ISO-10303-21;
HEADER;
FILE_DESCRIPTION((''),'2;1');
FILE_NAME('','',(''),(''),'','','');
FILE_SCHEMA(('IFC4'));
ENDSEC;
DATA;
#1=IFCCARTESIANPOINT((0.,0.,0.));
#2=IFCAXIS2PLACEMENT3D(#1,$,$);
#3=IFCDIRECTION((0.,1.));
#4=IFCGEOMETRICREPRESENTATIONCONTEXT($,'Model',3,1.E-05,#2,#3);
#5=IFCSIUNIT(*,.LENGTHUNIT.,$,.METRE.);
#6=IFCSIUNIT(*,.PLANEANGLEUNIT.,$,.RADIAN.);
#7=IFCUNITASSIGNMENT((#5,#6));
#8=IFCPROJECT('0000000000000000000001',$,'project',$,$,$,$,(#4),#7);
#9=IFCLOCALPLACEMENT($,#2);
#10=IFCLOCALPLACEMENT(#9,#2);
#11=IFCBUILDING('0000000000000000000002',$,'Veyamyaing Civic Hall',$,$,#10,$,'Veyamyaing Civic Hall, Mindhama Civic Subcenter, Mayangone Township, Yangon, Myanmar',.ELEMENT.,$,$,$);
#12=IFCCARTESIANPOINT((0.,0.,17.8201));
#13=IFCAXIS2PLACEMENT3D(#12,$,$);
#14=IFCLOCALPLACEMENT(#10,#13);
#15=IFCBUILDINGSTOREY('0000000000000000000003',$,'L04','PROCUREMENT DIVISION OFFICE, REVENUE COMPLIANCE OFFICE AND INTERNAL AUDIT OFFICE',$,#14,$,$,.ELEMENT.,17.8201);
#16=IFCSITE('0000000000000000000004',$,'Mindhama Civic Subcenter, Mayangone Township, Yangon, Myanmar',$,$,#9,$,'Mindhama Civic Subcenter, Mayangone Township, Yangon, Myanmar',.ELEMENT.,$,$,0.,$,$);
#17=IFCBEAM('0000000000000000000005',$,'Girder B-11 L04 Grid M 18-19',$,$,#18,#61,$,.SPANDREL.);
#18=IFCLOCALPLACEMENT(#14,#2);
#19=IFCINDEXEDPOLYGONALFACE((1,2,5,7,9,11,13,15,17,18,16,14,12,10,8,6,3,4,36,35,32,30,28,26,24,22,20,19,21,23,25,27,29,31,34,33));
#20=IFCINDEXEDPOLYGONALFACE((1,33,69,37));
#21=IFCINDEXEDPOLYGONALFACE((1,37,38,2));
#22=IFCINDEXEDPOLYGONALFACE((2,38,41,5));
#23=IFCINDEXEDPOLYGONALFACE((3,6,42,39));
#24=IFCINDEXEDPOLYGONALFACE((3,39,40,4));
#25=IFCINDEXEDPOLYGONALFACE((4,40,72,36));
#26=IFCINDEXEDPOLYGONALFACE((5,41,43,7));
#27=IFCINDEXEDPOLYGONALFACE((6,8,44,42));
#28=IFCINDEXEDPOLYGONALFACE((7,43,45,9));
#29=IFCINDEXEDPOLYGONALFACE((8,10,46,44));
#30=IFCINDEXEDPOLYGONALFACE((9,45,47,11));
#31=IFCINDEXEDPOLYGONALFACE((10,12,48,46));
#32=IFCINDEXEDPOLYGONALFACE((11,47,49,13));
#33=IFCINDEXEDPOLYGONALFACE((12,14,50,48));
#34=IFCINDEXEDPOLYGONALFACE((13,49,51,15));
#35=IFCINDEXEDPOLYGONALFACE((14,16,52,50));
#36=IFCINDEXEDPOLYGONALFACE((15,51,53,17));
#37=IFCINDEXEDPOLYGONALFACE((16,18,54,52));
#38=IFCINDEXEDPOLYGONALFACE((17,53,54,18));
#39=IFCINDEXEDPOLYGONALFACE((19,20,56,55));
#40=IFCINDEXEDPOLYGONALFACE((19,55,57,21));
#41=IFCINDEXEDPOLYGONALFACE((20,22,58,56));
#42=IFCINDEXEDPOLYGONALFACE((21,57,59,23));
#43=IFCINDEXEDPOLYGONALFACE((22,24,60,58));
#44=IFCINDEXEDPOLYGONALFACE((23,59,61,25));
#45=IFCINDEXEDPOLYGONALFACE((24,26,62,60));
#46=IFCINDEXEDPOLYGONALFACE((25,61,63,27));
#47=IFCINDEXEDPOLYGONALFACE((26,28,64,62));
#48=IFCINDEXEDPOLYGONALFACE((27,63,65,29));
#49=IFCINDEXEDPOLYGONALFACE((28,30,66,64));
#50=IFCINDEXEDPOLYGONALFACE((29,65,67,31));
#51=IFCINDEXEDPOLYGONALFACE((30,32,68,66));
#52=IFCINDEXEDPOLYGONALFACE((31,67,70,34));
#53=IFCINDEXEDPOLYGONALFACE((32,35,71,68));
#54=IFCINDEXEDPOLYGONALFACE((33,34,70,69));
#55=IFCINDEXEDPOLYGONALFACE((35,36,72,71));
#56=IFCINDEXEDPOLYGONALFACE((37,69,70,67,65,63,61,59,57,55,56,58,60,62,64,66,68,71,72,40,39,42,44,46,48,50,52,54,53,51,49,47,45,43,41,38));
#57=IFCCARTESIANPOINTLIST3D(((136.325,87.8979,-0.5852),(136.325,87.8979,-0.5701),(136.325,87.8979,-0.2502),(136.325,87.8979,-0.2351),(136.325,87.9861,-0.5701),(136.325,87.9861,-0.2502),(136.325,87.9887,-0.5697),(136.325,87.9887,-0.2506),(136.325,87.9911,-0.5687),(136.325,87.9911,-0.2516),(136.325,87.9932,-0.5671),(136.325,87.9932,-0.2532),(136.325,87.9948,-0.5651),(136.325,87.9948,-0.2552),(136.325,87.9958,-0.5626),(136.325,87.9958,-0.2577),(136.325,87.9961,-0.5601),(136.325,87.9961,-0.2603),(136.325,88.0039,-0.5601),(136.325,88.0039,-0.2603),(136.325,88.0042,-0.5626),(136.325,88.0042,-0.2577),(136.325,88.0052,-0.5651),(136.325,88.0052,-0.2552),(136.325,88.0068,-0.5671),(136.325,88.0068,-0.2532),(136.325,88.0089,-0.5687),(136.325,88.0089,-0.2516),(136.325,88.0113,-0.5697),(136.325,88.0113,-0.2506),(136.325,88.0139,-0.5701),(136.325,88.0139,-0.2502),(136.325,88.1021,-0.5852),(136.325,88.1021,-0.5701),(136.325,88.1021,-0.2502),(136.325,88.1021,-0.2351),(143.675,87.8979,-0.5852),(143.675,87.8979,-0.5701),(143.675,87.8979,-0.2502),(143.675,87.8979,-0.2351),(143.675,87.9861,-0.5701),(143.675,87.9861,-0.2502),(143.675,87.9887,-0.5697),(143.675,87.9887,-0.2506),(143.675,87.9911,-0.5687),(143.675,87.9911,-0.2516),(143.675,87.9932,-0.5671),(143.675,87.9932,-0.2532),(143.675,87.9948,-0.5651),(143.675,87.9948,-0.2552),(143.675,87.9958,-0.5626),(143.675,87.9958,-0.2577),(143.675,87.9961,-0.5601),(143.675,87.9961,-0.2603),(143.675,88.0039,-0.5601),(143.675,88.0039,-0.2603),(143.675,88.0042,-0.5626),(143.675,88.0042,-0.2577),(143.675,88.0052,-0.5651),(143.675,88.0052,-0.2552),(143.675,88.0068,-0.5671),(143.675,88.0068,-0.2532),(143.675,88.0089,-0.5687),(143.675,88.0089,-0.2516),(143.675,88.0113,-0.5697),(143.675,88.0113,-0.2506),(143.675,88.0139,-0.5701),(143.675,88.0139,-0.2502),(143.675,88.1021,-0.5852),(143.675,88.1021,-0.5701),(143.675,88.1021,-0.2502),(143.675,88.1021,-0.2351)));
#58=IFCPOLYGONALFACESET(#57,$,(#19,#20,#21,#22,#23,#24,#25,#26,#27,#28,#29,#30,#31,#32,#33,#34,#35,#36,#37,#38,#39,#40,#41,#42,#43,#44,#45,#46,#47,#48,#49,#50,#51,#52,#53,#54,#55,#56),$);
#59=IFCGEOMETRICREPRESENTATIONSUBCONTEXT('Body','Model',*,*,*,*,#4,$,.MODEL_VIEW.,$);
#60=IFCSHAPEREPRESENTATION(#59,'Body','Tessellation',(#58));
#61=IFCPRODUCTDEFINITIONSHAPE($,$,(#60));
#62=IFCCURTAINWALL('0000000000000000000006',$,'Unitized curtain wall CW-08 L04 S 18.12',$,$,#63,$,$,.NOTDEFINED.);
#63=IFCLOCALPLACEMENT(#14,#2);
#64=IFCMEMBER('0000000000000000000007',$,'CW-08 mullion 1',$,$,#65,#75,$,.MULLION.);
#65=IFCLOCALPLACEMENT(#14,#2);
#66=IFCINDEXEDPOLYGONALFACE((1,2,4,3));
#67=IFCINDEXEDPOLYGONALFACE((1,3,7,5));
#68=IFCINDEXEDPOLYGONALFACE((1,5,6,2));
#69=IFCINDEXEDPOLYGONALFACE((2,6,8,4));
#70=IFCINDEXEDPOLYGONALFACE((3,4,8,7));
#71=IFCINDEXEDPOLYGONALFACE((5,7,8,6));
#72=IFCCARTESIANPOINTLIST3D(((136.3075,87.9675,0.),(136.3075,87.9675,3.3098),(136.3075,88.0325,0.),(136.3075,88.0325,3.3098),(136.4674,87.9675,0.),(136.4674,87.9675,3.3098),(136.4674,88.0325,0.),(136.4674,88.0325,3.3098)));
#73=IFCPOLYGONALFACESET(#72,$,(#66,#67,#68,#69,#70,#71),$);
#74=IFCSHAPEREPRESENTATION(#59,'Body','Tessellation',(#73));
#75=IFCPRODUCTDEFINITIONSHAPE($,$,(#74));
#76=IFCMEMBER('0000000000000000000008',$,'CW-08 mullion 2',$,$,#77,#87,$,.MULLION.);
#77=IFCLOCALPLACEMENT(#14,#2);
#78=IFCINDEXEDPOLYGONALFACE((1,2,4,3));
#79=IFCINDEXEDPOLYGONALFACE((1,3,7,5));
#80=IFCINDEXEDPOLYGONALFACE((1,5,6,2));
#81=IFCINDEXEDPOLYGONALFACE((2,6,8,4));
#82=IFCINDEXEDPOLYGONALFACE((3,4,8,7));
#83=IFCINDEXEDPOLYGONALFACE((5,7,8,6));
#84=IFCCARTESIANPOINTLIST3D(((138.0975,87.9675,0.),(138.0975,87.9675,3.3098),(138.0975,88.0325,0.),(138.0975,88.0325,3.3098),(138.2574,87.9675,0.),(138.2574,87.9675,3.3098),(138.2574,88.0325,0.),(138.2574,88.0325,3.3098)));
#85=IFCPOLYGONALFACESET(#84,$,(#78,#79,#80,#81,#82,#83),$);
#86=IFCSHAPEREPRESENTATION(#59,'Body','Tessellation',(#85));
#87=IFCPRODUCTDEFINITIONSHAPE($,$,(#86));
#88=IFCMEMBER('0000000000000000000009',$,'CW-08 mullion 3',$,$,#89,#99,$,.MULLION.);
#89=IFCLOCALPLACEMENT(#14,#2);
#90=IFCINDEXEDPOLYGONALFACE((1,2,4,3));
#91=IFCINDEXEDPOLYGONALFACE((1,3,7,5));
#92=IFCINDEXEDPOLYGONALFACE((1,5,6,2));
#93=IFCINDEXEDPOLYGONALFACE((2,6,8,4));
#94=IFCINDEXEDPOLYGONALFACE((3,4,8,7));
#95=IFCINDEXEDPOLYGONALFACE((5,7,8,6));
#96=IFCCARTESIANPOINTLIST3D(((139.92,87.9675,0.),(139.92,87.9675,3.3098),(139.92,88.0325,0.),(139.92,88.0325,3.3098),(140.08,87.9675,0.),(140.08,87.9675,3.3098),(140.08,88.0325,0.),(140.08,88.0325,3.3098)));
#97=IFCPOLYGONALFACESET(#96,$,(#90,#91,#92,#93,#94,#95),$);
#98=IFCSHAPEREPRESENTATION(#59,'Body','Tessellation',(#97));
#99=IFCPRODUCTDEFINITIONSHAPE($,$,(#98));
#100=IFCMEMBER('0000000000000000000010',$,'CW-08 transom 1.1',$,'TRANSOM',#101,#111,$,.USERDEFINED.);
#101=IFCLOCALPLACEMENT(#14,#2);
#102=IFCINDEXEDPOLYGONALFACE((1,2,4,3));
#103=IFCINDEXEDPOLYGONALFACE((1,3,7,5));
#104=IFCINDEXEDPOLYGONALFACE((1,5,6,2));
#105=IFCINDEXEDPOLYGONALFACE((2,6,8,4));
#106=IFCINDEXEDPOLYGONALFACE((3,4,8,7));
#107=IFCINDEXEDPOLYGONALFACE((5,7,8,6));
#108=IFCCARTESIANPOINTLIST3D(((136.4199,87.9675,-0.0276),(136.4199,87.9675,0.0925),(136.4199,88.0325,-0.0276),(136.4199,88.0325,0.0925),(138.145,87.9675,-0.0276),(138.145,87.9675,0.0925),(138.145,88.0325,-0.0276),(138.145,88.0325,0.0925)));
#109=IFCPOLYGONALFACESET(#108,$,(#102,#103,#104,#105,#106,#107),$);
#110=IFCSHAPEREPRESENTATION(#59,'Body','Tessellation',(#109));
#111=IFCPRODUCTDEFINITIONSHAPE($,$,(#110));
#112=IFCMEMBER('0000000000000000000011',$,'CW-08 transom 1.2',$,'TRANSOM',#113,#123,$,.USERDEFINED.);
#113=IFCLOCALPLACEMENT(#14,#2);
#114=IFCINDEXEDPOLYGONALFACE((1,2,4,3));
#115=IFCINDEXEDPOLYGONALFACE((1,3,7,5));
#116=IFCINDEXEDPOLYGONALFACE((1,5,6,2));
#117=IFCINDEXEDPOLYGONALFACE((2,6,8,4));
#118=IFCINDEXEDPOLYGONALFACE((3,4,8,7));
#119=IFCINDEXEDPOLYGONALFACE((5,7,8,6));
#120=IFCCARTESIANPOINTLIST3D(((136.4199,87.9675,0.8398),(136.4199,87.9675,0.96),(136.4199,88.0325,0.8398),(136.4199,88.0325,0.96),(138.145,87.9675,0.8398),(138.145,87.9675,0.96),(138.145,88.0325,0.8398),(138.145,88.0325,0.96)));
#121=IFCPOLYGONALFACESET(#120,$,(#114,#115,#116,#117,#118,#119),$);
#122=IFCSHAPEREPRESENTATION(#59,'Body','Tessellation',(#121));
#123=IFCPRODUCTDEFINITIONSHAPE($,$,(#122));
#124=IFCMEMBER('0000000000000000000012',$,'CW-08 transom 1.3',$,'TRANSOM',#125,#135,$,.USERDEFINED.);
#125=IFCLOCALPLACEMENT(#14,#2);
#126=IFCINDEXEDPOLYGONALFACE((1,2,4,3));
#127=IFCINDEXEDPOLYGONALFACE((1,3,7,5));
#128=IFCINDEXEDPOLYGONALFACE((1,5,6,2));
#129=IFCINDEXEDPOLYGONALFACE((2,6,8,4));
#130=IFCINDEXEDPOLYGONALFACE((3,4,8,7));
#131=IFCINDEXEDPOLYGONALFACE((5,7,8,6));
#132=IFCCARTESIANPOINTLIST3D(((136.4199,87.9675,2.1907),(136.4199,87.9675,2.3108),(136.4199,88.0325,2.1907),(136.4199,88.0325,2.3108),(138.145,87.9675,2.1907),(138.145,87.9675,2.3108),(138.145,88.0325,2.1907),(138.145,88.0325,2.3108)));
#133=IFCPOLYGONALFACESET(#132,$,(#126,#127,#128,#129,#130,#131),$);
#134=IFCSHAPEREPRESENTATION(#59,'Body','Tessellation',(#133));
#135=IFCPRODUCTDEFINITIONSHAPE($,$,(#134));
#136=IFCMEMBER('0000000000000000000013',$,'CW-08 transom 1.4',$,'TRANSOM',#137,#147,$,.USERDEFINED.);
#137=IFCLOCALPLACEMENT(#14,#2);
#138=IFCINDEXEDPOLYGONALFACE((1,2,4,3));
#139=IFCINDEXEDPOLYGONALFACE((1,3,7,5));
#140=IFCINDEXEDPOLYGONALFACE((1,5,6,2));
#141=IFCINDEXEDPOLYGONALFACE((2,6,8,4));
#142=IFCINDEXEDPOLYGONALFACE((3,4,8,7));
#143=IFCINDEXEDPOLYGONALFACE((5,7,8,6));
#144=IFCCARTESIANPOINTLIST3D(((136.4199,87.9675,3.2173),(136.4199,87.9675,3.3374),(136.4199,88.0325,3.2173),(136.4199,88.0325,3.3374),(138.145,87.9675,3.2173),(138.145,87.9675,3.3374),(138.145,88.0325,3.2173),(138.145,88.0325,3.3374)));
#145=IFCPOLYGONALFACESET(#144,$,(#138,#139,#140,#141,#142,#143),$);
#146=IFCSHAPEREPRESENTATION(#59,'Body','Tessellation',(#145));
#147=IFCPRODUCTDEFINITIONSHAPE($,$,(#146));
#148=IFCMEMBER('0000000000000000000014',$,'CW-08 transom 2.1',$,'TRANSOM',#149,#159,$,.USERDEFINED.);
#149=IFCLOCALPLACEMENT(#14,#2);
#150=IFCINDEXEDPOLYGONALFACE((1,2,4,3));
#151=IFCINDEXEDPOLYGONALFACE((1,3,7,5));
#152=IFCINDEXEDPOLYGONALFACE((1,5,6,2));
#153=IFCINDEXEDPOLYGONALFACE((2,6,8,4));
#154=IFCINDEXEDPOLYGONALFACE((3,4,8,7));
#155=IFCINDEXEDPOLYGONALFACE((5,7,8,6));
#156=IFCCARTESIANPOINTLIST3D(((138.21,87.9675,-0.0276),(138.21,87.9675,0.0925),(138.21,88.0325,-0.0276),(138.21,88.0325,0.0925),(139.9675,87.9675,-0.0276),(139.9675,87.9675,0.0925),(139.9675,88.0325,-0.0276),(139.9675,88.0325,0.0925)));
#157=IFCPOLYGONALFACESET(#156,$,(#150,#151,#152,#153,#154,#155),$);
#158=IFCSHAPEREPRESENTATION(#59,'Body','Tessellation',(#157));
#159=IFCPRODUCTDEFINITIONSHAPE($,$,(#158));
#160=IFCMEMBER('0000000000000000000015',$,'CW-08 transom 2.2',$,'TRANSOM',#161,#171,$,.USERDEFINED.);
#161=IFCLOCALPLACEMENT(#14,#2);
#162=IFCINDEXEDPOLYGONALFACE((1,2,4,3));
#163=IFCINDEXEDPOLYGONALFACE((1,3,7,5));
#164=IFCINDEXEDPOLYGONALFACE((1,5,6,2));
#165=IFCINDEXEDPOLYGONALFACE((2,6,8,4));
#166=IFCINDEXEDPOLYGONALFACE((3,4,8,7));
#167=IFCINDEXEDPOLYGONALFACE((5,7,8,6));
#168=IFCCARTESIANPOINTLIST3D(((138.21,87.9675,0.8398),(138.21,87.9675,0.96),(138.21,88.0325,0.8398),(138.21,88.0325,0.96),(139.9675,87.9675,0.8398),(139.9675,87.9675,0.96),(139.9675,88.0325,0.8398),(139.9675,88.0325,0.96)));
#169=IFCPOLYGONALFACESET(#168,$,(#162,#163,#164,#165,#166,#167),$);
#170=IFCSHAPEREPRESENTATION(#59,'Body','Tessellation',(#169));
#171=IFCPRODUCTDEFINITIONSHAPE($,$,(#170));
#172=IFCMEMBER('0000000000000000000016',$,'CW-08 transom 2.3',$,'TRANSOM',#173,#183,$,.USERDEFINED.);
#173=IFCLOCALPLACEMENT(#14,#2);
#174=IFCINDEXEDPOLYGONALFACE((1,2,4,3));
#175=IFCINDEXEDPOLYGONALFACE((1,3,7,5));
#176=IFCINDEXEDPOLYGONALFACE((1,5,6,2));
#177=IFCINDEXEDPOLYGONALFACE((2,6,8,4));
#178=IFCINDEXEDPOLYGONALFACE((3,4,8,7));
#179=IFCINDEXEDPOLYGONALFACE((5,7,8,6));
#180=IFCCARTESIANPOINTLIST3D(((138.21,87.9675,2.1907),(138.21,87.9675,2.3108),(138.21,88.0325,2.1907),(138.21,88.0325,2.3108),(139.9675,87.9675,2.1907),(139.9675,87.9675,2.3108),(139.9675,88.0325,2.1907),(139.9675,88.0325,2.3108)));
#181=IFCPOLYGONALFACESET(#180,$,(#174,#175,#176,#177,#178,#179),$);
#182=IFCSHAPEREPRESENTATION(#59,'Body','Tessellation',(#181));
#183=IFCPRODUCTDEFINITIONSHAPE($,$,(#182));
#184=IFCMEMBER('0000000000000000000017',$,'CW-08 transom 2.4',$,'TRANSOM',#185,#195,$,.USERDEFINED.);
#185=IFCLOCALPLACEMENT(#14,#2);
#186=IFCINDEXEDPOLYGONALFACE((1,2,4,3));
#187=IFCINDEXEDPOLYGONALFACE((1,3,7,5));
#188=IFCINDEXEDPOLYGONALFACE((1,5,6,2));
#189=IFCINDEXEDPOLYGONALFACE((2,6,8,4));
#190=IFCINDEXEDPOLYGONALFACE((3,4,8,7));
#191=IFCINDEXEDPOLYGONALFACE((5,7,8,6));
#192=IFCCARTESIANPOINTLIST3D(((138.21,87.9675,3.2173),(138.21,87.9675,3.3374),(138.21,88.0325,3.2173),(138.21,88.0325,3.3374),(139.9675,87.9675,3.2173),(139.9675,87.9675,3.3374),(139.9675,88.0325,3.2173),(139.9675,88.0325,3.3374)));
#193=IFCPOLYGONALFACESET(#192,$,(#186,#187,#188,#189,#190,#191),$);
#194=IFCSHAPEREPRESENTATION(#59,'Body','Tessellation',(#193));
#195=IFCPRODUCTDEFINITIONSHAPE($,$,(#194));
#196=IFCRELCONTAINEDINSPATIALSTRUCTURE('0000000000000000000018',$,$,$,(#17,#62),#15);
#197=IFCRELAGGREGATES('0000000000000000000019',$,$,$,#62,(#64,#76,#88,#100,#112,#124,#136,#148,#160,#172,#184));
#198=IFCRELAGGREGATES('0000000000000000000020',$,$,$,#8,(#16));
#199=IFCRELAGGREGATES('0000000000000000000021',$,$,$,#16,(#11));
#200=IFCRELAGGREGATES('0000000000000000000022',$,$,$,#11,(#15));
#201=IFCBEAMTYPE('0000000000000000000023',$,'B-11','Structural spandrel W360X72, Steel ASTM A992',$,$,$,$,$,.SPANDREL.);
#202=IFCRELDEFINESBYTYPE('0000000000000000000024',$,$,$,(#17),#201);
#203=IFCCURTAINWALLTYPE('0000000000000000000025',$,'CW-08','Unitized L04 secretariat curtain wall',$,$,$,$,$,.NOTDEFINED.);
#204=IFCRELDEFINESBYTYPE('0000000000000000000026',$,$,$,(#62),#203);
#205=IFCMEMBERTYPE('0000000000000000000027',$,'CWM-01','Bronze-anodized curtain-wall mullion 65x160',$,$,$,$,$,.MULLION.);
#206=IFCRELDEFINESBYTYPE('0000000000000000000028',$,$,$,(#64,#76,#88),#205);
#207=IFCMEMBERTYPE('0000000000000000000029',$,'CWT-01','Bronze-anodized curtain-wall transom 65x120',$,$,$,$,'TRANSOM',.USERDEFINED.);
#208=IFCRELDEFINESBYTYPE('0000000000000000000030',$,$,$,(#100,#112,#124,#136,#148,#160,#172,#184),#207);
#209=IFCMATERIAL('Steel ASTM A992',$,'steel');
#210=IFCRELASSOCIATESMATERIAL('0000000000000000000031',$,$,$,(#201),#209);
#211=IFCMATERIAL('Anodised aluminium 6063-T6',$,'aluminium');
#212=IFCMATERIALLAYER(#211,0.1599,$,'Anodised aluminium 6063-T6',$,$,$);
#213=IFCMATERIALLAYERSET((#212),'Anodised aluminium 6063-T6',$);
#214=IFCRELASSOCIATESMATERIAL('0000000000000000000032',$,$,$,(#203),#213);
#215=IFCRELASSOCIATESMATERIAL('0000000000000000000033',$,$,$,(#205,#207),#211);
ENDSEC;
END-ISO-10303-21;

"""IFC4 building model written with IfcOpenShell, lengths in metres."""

from ifc_helpers import new_model, si_unit, direction, frame, origin, origin_2d, place, context, subcontext, project, spatial, rectangle, i_section, extrude, material, layer, layer_set, material_profile, profile_set, type_object, element, aggregate, save


model = new_model("IFC4")

# Units and contexts
model_context = context("Model", 3, precision=1e-05, world=origin(), true_north=direction((0.0, 1.0)))
body_context = subcontext(model_context, "Body", "Model", "MODEL_VIEW")
ifc_project = project(units=[si_unit("LENGTHUNIT", "METRE"), si_unit("PLANEANGLEUNIT", "RADIAN")], contexts=[model_context])

# Site, building, storey
site_placement = place(None, origin())
site = spatial("IfcSite", under=ifc_project, at=site_placement, Name="Mindhama Civic Subcenter, Mayangone Township, Yangon, Myanmar", LongName="Mindhama Civic Subcenter, Mayangone Township, Yangon, Myanmar", CompositionType="ELEMENT", RefElevation=0.0)
building_placement = place(site_placement, origin())
building = spatial("IfcBuilding", under=site, at=building_placement, Name="Veyamyaing Civic Hall", LongName="Veyamyaing Civic Hall, Mindhama Civic Subcenter, Mayangone Township, Yangon, Myanmar", CompositionType="ELEMENT")
storey_placement = place(building_placement, frame((0.0, 0.0, 17.8201)))
storey = spatial("IfcBuildingStorey", under=building, at=storey_placement, Name="L04", Description="PROCUREMENT DIVISION OFFICE, REVENUE COMPLIANCE OFFICE AND INTERNAL AUDIT OFFICE", CompositionType="ELEMENT", Elevation=17.8201)

# Beam
ifc_material_1 = material(Name="Steel ASTM A992", Category="steel")
ifc_material_profile_1 = material_profile(ifc_material_1, i_section(OverallWidth=0.2041, OverallDepth=0.3501, WebThickness=0.0078, FlangeThickness=0.0151, FilletRadius=0.01, at=origin_2d()), Name="W360X72")
ifc_profile_set_1 = profile_set([ifc_material_profile_1], Name="Steel ASTM A992")
beam_type_1 = type_object("IfcBeamType", Name="B-11", Description="Structural spandrel W360X72, Steel ASTM A992", PredefinedType="SPANDREL", material=ifc_profile_set_1)
beam_placement = place(storey_placement, frame((136.325, 88.0, -0.4102), z_axis=(1.0, 0.0, 0.0), x_axis=(0.0, 1.0, 0.0)))
element("IfcBeam", 1, at=beam_placement, inside=storey, type_object=beam_type_1, Name="Girder B-11 L04 Grid M 18-19", PredefinedType="SPANDREL", context=body_context, shape_type="SweptSolid", body=[
    extrude(i_section(OverallWidth=0.2041, OverallDepth=0.3501, WebThickness=0.0078, FlangeThickness=0.0151, FilletRadius=0.01, at=origin_2d()), origin(), (0.0, 0.0, 1.0), 7.3501),
])

# Curtain wall, members
ifc_material_2 = material(Name="Anodised aluminium 6063-T6", Category="aluminium")
ifc_layer_1 = layer(ifc_material_2, 0.1599, Name="Anodised aluminium 6063-T6")
ifc_layer_set_1 = layer_set([ifc_layer_1], Name="Anodised aluminium 6063-T6")
curtain_wall_type = type_object("IfcCurtainWallType", Name="CW-08", Description="Unitized L04 secretariat curtain wall", PredefinedType="NOTDEFINED", material=ifc_layer_set_1)
curtain_wall_placement = place(storey_placement, origin())
curtain_wall = element("IfcCurtainWall", 2, at=curtain_wall_placement, inside=storey, type_object=curtain_wall_type, Name="Unitized curtain wall CW-08 L04 S 18.12", PredefinedType="NOTDEFINED")
ifc_material_profile_2 = material_profile(ifc_material_2, rectangle(XDim=0.0649, YDim=0.1599, at=origin_2d()), Name="ALU-MUL-65X160")
ifc_profile_set_2 = profile_set([ifc_material_profile_2], Name="Anodised aluminium 6063-T6")
member_type_1 = type_object("IfcMemberType", Name="CWM-01", Description="Bronze-anodized curtain-wall mullion 65x160", PredefinedType="MULLION", material=ifc_profile_set_2)
member_1_placement = place(storey_placement, frame((136.3875, 88.0, 0.0), z_axis=(0.0, 0.0, 1.0), x_axis=(0.0, 1.0, 0.0)))
member_1 = element("IfcMember", 3, at=member_1_placement, type_object=member_type_1, Name="CW-08 mullion 1", PredefinedType="MULLION", context=body_context, shape_type="SweptSolid", body=[
    extrude(rectangle(XDim=0.0649, YDim=0.1599, at=origin_2d()), origin(), (0.0, 0.0, 1.0), 3.3098),
])
member_2_placement = place(storey_placement, frame((138.1775, 88.0, 0.0), z_axis=(0.0, 0.0, 1.0), x_axis=(0.0, 1.0, 0.0)))
member_2 = element("IfcMember", 4, at=member_2_placement, type_object=member_type_1, Name="CW-08 mullion 2", PredefinedType="MULLION", context=body_context, shape_type="SweptSolid", body=[
    extrude(rectangle(XDim=0.0649, YDim=0.1599, at=origin_2d()), origin(), (0.0, 0.0, 1.0), 3.3098),
])
member_3_placement = place(storey_placement, frame((140.0, 88.0, 0.0), z_axis=(0.0, 0.0, 1.0), x_axis=(0.0, 1.0, 0.0)))
member_3 = element("IfcMember", 5, at=member_3_placement, type_object=member_type_1, Name="CW-08 mullion 3", PredefinedType="MULLION", context=body_context, shape_type="SweptSolid", body=[
    extrude(rectangle(XDim=0.0649, YDim=0.1599, at=origin_2d()), origin(), (0.0, 0.0, 1.0), 3.3098),
])
ifc_material_profile_3 = material_profile(ifc_material_2, rectangle(XDim=0.0649, YDim=0.1201, at=origin_2d()), Name="ALU-TRN-65X120")
ifc_profile_set_3 = profile_set([ifc_material_profile_3], Name="Anodised aluminium 6063-T6")
member_type_2 = type_object("IfcMemberType", Name="CWT-01", Description="Bronze-anodized curtain-wall transom 65x120", ElementType="TRANSOM", PredefinedType="USERDEFINED", material=ifc_profile_set_3)
member_4_placement = place(storey_placement, frame((136.4199, 88.0, 0.0325), z_axis=(1.0, 0.0, 0.0), x_axis=(0.0, 1.0, 0.0)))
member_4 = element("IfcMember", 6, at=member_4_placement, type_object=member_type_2, Name="CW-08 transom 1.1", ObjectType="TRANSOM", PredefinedType="USERDEFINED", context=body_context, shape_type="SweptSolid", body=[
    extrude(rectangle(XDim=0.0649, YDim=0.1201, at=origin_2d()), origin(), (0.0, 0.0, 1.0), 1.7251),
])
member_5_placement = place(storey_placement, frame((136.4199, 88.0, 0.8999), z_axis=(1.0, 0.0, 0.0), x_axis=(0.0, 1.0, 0.0)))
member_5 = element("IfcMember", 7, at=member_5_placement, type_object=member_type_2, Name="CW-08 transom 1.2", ObjectType="TRANSOM", PredefinedType="USERDEFINED", context=body_context, shape_type="SweptSolid", body=[
    extrude(rectangle(XDim=0.0649, YDim=0.1201, at=origin_2d()), origin(), (0.0, 0.0, 1.0), 1.7251),
])
member_6_placement = place(storey_placement, frame((136.4199, 88.0, 2.2507), z_axis=(1.0, 0.0, 0.0), x_axis=(0.0, 1.0, 0.0)))
member_6 = element("IfcMember", 8, at=member_6_placement, type_object=member_type_2, Name="CW-08 transom 1.3", ObjectType="TRANSOM", PredefinedType="USERDEFINED", context=body_context, shape_type="SweptSolid", body=[
    extrude(rectangle(XDim=0.0649, YDim=0.1201, at=origin_2d()), origin(), (0.0, 0.0, 1.0), 1.7251),
])
member_7_placement = place(storey_placement, frame((136.4199, 88.0, 3.2773), z_axis=(1.0, 0.0, 0.0), x_axis=(0.0, 1.0, 0.0)))
member_7 = element("IfcMember", 9, at=member_7_placement, type_object=member_type_2, Name="CW-08 transom 1.4", ObjectType="TRANSOM", PredefinedType="USERDEFINED", context=body_context, shape_type="SweptSolid", body=[
    extrude(rectangle(XDim=0.0649, YDim=0.1201, at=origin_2d()), origin(), (0.0, 0.0, 1.0), 1.7251),
])
member_8_placement = place(storey_placement, frame((138.21, 88.0, 0.0325), z_axis=(1.0, 0.0, 0.0), x_axis=(0.0, 1.0, 0.0)))
member_8 = element("IfcMember", 10, at=member_8_placement, type_object=member_type_2, Name="CW-08 transom 2.1", ObjectType="TRANSOM", PredefinedType="USERDEFINED", context=body_context, shape_type="SweptSolid", body=[
    extrude(rectangle(XDim=0.0649, YDim=0.1201, at=origin_2d()), origin(), (0.0, 0.0, 1.0), 1.7576),
])
member_9_placement = place(storey_placement, frame((138.21, 88.0, 0.8999), z_axis=(1.0, 0.0, 0.0), x_axis=(0.0, 1.0, 0.0)))
member_9 = element("IfcMember", 11, at=member_9_placement, type_object=member_type_2, Name="CW-08 transom 2.2", ObjectType="TRANSOM", PredefinedType="USERDEFINED", context=body_context, shape_type="SweptSolid", body=[
    extrude(rectangle(XDim=0.0649, YDim=0.1201, at=origin_2d()), origin(), (0.0, 0.0, 1.0), 1.7576),
])
member_10_placement = place(storey_placement, frame((138.21, 88.0, 2.2507), z_axis=(1.0, 0.0, 0.0), x_axis=(0.0, 1.0, 0.0)))
member_10 = element("IfcMember", 12, at=member_10_placement, type_object=member_type_2, Name="CW-08 transom 2.3", ObjectType="TRANSOM", PredefinedType="USERDEFINED", context=body_context, shape_type="SweptSolid", body=[
    extrude(rectangle(XDim=0.0649, YDim=0.1201, at=origin_2d()), origin(), (0.0, 0.0, 1.0), 1.7576),
])
member_11_placement = place(storey_placement, frame((138.21, 88.0, 3.2773), z_axis=(1.0, 0.0, 0.0), x_axis=(0.0, 1.0, 0.0)))
member_11 = element("IfcMember", 13, at=member_11_placement, type_object=member_type_2, Name="CW-08 transom 2.4", ObjectType="TRANSOM", PredefinedType="USERDEFINED", context=body_context, shape_type="SweptSolid", body=[
    extrude(rectangle(XDim=0.0649, YDim=0.1201, at=origin_2d()), origin(), (0.0, 0.0, 1.0), 1.7576),
])

aggregate(curtain_wall, [member_1, member_2, member_3, member_4, member_5, member_6, member_7, member_8, member_9, member_10, member_11])

save(model, "model.ifc")
